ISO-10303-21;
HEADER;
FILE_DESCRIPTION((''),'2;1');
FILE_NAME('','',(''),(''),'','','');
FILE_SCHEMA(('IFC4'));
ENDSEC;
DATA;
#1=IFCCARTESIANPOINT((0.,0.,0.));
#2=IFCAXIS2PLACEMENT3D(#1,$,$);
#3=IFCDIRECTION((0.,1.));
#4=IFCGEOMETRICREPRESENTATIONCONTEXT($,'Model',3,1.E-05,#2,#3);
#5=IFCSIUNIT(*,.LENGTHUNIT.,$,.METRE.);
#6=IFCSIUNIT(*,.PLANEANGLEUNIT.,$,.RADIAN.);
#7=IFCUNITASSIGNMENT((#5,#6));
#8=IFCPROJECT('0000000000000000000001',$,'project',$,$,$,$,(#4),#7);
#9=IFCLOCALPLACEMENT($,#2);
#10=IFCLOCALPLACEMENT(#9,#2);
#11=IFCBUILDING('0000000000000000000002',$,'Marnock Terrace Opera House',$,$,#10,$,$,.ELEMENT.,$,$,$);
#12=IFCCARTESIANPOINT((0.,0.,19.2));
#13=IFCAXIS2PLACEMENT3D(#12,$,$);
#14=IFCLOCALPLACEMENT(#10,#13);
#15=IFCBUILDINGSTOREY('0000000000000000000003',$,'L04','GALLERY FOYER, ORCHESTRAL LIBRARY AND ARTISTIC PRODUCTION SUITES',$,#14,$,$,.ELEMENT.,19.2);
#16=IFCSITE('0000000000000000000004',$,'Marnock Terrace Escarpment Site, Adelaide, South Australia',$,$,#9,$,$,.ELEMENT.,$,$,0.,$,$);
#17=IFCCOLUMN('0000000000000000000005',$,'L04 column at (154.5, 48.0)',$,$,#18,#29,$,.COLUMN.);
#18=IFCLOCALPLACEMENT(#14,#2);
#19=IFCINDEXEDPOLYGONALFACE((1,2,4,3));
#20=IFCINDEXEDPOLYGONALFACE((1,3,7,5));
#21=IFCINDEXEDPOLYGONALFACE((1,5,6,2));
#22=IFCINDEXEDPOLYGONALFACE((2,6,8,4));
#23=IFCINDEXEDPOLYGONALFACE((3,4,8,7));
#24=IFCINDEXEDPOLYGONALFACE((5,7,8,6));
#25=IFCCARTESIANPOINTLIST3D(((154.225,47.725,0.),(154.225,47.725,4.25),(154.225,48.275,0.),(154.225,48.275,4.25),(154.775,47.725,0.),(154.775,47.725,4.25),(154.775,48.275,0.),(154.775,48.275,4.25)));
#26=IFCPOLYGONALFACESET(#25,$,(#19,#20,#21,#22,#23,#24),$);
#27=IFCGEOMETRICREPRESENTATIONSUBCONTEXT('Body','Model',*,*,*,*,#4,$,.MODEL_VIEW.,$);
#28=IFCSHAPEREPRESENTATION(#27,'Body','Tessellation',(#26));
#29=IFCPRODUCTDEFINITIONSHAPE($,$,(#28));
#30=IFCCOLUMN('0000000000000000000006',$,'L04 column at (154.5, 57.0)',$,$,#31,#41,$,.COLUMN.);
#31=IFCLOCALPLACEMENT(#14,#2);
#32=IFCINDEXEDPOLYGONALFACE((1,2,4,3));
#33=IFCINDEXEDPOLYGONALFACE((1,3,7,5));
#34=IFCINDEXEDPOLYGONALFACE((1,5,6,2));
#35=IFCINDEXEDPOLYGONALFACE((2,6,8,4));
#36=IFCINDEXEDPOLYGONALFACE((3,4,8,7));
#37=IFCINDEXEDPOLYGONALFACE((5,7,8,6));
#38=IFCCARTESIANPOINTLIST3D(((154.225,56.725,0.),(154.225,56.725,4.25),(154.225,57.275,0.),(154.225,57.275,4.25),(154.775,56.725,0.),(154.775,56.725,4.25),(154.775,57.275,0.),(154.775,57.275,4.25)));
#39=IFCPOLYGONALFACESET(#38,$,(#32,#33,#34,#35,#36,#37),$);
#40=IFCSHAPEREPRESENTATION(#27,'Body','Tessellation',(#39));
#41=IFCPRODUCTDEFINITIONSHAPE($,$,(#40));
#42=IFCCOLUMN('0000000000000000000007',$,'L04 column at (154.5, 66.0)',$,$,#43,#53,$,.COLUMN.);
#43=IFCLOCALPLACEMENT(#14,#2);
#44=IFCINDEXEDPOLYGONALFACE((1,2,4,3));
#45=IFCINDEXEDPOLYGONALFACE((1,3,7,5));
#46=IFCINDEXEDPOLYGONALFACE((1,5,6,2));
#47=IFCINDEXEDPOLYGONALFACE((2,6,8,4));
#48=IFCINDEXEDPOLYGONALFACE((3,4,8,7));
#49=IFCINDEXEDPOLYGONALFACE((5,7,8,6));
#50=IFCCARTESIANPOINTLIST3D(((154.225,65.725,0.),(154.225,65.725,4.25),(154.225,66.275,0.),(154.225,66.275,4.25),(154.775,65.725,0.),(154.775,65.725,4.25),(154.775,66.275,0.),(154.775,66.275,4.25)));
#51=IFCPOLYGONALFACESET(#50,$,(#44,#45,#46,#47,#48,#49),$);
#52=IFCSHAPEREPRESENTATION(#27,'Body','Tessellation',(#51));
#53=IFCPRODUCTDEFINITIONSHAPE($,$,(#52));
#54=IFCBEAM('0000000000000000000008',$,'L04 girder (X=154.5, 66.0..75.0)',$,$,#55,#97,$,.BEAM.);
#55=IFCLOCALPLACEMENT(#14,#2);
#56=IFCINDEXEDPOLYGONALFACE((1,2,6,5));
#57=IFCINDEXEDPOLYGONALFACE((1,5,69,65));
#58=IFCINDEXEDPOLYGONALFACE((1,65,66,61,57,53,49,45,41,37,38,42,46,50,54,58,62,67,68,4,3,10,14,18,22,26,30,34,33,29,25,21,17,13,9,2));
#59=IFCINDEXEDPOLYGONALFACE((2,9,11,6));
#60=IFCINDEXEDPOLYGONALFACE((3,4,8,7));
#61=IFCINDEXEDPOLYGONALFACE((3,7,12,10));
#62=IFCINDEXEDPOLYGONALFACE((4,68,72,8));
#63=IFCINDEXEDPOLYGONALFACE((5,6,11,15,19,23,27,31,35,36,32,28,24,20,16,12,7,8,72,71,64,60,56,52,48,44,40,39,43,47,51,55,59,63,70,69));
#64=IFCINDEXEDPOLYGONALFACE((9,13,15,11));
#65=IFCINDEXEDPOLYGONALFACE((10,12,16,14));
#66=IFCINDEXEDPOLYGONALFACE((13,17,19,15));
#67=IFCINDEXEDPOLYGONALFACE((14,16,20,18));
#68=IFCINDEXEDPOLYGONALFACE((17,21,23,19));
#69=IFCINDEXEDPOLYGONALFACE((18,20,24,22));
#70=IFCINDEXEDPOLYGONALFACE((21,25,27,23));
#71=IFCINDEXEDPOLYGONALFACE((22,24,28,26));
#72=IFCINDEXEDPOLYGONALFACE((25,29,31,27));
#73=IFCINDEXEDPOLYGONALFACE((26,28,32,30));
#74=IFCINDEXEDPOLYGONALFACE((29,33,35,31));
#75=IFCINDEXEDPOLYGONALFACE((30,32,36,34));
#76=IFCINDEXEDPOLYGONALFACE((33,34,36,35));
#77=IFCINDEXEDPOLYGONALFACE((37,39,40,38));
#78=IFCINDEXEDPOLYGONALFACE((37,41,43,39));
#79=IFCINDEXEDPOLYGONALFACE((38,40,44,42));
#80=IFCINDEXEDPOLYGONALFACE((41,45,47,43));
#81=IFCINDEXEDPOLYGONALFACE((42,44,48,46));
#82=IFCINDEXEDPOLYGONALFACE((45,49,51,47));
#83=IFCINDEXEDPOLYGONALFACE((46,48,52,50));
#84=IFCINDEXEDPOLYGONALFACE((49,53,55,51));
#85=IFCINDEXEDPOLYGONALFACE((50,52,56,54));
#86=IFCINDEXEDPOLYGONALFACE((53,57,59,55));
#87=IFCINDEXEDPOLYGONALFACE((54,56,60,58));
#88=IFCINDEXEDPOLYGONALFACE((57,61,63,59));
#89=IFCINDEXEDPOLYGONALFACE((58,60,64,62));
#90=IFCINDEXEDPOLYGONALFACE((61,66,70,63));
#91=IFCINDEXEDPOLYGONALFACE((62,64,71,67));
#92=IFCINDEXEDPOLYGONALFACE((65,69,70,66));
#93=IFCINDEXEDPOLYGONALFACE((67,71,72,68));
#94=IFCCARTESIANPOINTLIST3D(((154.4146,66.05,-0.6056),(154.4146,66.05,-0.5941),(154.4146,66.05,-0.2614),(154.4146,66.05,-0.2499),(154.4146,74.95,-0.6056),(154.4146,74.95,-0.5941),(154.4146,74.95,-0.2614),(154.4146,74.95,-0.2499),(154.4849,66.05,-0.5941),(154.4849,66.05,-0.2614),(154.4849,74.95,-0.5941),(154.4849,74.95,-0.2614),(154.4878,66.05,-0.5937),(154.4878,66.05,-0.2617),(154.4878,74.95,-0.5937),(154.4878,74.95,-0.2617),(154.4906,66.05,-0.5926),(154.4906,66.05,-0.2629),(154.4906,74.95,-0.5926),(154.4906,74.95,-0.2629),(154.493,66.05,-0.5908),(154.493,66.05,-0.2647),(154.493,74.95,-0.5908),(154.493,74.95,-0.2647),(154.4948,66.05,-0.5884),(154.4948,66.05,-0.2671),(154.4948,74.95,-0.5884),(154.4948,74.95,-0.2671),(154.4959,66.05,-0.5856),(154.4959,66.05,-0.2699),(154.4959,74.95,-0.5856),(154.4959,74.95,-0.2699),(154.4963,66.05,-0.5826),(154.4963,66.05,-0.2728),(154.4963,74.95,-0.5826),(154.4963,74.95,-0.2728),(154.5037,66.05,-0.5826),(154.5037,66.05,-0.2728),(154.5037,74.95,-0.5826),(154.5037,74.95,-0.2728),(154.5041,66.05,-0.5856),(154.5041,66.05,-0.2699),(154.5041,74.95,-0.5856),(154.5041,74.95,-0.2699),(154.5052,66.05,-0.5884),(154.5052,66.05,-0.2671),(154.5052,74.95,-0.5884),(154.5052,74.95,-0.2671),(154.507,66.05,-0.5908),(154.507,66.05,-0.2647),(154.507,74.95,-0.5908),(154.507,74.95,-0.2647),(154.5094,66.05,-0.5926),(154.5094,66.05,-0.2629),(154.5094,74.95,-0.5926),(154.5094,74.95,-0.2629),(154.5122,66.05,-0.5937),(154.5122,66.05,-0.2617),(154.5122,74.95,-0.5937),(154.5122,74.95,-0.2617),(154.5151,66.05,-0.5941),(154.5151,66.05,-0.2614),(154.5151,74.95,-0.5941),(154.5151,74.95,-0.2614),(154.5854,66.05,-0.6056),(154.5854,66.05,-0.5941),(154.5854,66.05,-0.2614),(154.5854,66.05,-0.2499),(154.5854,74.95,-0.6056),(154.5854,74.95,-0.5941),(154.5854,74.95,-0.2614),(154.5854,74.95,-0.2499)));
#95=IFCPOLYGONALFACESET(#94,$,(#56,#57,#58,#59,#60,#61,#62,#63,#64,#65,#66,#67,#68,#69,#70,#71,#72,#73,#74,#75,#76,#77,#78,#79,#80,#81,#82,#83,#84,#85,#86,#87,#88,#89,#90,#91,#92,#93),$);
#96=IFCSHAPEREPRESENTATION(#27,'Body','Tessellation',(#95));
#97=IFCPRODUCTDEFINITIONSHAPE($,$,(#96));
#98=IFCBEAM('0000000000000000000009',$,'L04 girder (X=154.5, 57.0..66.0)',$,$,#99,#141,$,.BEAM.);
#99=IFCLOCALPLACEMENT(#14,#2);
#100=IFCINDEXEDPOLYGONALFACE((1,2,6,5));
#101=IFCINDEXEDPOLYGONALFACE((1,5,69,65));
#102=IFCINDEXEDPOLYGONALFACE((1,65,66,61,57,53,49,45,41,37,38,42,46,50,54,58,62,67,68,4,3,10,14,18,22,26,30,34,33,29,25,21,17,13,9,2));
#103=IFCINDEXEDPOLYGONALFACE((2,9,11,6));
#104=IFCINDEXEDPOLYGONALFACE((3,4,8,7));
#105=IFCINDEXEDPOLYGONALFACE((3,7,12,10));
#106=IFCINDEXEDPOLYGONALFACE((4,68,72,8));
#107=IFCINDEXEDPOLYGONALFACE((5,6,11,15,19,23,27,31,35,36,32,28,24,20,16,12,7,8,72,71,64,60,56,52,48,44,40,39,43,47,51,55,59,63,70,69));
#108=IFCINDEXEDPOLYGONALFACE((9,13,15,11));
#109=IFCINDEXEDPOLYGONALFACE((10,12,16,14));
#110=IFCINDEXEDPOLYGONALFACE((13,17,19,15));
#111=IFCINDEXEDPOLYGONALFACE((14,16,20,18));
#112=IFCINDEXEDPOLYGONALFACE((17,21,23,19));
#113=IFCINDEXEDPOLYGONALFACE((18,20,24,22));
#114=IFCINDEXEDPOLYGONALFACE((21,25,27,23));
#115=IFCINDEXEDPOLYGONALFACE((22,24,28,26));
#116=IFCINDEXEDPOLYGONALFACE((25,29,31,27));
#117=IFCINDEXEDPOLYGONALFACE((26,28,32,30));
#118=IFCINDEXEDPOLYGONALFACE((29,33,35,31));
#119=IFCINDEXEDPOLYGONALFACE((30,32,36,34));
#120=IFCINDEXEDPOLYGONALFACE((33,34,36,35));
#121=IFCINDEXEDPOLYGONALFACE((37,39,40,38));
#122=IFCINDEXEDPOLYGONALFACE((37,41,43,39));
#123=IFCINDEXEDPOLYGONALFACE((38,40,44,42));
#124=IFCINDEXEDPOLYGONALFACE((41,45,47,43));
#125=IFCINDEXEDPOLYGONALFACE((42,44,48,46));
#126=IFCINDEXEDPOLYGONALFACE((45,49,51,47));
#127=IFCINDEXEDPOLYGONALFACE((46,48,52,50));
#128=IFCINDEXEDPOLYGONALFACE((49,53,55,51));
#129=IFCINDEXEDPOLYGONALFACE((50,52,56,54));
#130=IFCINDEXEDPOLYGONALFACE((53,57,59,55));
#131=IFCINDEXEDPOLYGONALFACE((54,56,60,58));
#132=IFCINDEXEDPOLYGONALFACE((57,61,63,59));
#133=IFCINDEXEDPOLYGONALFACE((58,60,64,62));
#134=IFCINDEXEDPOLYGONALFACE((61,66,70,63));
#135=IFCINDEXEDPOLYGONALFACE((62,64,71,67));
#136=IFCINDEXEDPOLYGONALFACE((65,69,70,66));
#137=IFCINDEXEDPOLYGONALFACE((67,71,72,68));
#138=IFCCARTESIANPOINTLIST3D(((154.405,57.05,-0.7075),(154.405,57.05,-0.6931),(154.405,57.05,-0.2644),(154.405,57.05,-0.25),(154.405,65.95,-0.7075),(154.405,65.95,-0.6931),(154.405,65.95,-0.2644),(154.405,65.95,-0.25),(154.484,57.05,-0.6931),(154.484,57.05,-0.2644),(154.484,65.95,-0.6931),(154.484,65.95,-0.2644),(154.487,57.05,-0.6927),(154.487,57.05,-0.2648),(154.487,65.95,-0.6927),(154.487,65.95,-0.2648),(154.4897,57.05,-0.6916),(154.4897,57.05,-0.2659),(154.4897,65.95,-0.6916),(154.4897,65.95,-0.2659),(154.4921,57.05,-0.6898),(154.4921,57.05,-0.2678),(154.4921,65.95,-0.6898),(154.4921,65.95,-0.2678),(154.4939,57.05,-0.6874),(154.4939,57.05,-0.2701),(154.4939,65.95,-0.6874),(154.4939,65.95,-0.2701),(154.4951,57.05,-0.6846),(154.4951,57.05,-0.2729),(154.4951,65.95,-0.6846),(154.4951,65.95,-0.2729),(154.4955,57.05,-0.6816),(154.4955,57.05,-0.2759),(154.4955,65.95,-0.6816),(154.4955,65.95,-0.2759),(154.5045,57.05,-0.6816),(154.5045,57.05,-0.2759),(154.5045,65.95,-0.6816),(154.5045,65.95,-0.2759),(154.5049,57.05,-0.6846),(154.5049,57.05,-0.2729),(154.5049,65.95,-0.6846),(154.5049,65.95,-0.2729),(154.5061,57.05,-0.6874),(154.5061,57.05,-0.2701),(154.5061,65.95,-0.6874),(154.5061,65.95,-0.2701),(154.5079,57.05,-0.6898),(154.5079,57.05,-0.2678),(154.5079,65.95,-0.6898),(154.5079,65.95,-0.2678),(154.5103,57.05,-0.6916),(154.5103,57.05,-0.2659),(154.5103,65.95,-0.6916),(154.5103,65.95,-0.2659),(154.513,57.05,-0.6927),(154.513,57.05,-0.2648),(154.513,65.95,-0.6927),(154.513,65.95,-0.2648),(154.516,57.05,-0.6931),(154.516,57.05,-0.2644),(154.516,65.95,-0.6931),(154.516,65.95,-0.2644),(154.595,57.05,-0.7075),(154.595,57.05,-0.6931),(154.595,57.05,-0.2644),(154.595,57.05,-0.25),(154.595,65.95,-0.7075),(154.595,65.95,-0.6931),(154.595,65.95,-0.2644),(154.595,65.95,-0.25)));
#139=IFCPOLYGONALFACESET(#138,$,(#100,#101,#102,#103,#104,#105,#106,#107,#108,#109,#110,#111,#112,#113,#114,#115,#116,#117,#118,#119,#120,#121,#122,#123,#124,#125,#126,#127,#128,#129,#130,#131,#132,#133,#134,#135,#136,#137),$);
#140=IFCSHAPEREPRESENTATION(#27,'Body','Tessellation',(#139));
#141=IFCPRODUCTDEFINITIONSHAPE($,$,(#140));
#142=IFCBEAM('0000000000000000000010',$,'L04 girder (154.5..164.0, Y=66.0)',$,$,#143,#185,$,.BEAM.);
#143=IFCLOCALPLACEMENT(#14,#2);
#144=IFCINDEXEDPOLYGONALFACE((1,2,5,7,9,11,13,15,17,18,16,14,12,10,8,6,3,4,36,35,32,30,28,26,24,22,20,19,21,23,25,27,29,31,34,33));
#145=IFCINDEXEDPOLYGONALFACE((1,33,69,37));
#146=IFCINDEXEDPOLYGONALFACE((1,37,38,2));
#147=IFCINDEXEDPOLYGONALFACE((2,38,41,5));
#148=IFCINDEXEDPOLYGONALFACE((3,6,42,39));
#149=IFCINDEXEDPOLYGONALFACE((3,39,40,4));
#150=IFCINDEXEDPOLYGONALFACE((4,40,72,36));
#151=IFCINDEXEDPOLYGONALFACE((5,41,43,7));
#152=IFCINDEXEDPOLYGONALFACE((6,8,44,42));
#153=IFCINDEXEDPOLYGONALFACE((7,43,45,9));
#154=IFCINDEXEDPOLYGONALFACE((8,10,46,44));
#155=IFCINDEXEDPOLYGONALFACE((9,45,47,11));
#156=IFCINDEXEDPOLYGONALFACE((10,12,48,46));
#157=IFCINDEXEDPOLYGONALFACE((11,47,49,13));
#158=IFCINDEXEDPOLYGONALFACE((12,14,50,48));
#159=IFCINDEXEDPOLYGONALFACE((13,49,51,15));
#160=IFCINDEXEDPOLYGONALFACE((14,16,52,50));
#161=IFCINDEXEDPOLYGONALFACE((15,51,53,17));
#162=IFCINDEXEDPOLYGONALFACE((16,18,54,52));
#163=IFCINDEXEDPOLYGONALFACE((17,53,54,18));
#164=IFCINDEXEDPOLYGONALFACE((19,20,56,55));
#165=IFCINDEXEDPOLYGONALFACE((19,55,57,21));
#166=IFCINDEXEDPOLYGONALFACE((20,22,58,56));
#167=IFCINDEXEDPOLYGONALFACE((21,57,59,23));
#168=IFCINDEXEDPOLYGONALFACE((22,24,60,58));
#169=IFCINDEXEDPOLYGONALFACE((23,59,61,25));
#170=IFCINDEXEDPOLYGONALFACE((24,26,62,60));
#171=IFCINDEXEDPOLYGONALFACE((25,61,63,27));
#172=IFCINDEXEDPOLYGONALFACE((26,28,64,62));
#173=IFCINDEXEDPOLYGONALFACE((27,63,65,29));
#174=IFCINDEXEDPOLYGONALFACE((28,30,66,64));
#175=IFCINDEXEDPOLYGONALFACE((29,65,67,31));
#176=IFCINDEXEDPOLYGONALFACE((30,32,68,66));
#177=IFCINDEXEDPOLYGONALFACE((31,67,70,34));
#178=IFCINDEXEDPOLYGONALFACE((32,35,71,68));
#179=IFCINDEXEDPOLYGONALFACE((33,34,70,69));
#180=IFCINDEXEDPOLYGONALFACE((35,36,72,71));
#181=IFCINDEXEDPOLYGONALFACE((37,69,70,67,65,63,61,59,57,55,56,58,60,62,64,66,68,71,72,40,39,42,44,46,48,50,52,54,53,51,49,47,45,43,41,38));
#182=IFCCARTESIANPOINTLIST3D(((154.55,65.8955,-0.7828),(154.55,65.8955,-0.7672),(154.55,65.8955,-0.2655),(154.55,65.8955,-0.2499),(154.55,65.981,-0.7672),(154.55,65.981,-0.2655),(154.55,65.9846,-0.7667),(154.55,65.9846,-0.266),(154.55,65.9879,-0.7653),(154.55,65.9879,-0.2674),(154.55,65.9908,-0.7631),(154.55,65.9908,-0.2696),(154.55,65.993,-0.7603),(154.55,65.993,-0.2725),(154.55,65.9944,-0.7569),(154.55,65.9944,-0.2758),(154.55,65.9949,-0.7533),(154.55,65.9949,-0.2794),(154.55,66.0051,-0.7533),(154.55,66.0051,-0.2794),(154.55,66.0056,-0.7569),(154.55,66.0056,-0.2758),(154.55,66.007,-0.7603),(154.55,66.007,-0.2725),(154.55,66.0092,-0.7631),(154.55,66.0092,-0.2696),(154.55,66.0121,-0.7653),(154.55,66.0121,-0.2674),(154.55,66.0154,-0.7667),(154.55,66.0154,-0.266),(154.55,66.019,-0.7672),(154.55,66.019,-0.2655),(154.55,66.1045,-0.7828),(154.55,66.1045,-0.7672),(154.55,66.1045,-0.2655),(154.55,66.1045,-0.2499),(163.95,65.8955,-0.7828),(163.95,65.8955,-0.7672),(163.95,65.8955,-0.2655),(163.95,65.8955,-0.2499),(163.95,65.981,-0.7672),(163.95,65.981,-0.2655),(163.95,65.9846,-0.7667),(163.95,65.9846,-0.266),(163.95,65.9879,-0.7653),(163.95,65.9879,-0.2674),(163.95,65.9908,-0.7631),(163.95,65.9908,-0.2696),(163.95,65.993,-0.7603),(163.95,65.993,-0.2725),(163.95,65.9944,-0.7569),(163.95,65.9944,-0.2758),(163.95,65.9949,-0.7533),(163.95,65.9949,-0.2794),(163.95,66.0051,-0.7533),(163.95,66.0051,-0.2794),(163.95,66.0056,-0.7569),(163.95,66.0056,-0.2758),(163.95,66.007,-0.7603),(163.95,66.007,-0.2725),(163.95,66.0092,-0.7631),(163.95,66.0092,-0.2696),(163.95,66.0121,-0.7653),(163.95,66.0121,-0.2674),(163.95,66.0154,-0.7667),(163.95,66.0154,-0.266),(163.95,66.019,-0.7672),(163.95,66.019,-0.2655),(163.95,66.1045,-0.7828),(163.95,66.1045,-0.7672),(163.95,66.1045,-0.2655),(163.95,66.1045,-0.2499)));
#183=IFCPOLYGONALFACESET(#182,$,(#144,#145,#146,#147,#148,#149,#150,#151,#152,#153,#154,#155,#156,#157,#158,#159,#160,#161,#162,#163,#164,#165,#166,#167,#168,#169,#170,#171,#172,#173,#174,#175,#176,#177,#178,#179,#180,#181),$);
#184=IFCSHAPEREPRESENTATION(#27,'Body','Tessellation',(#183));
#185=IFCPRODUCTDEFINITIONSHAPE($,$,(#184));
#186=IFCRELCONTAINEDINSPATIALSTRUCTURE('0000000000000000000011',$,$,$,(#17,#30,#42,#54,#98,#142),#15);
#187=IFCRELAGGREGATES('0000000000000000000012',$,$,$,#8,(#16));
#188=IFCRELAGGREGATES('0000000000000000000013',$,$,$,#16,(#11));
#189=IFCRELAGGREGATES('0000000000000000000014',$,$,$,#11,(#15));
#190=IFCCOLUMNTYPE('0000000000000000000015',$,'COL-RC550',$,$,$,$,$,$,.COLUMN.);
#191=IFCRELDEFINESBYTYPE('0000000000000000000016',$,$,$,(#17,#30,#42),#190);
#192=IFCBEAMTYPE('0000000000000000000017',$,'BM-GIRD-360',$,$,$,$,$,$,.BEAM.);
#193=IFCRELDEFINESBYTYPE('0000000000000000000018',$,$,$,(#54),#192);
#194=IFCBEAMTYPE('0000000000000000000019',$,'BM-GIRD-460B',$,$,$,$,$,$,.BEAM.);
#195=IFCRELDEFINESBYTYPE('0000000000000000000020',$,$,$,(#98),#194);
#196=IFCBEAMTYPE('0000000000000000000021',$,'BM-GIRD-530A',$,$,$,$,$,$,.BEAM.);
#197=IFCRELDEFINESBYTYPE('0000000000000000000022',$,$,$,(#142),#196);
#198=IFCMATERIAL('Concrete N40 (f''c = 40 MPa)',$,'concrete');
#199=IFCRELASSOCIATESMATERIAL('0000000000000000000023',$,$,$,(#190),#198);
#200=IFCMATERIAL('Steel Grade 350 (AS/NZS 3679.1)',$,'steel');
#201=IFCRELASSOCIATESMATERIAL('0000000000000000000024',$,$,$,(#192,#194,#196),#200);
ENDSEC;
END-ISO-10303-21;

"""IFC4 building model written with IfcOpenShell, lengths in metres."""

from ifc_helpers import new_model, si_unit, direction, frame, origin, origin_2d, place, context, subcontext, project, spatial, rectangle, i_section, extrude, material, material_profile, profile_set, type_object, element, save


model = new_model("IFC4")

# Units and contexts
model_context = context("Model", 3, precision=1e-05, world=origin(), true_north=direction((0.0, 1.0)))
body_context = subcontext(model_context, "Body", "Model", "MODEL_VIEW")
ifc_project = project(units=[si_unit("LENGTHUNIT", "METRE"), si_unit("PLANEANGLEUNIT", "RADIAN")], contexts=[model_context])

# Site, building, storey
site_placement = place(None, origin())
site = spatial("IfcSite", under=ifc_project, at=site_placement, Name="Marnock Terrace Escarpment Site, Adelaide, South Australia", CompositionType="ELEMENT", RefElevation=0.0)
building_placement = place(site_placement, origin())
building = spatial("IfcBuilding", under=site, at=building_placement, Name="Marnock Terrace Opera House", CompositionType="ELEMENT")
storey_placement = place(building_placement, frame((0.0, 0.0, 19.2)))
storey = spatial("IfcBuildingStorey", under=building, at=storey_placement, Name="L04", Description="GALLERY FOYER, ORCHESTRAL LIBRARY AND ARTISTIC PRODUCTION SUITES", CompositionType="ELEMENT", Elevation=19.2)

# Columns
ifc_material_1 = material(Name="Concrete N40 (f'c = 40 MPa)", Category="concrete")
ifc_material_profile_1 = material_profile(ifc_material_1, rectangle(XDim=0.55, YDim=0.55, at=origin_2d()))
ifc_profile_set_1 = profile_set([ifc_material_profile_1], Name="Concrete N40 (f'c = 40 MPa)")
column_type = type_object("IfcColumnType", Name="COL-RC550", PredefinedType="COLUMN", material=ifc_profile_set_1)
for number, where, z_axis, x_axis, name in (
    (1, (154.5, 48.0, 0.0), (0.0, 0.0, 1.0), (1.0, 0.0, 0.0), "L04 column at (154.5, 48.0)"),
    (2, (154.5, 57.0, 0.0), (0.0, 0.0, 1.0), (1.0, 0.0, 0.0), "L04 column at (154.5, 57.0)"),
    (3, (154.5, 66.0, 0.0), (0.0, 0.0, 1.0), (1.0, 0.0, 0.0), "L04 column at (154.5, 66.0)"),
):
    element("IfcColumn", number, at=place(storey_placement, frame(where, z_axis=z_axis, x_axis=x_axis)), inside=storey, type_object=column_type, Name=name, PredefinedType="COLUMN", context=body_context, shape_type="SweptSolid", body=[
        extrude(rectangle(XDim=0.55, YDim=0.55, at=origin_2d()), origin(), (0.0, 0.0, 1.0), 4.25),
    ])

# Beams
ifc_material_2 = material(Name="Steel Grade 350 (AS/NZS 3679.1)", Category="steel")
ifc_material_profile_2 = material_profile(ifc_material_2, i_section(OverallWidth=0.1709, OverallDepth=0.3557, WebThickness=0.0073, FlangeThickness=0.0115, FilletRadius=0.0115, at=origin_2d()))
ifc_profile_set_2 = profile_set([ifc_material_profile_2], Name="Steel Grade 350 (AS/NZS 3679.1)")
beam_type_1 = type_object("IfcBeamType", Name="BM-GIRD-360", PredefinedType="BEAM", material=ifc_profile_set_2)
beam_1_placement = place(storey_placement, frame((154.5, 66.05, -0.4277), z_axis=(0.0, 1.0, 0.0), x_axis=(-1.0, 0.0, 0.0)))
element("IfcBeam", 4, at=beam_1_placement, inside=storey, type_object=beam_type_1, Name="L04 girder (X=154.5, 66.0..75.0)", PredefinedType="BEAM", context=body_context, shape_type="SweptSolid", body=[
    extrude(i_section(OverallWidth=0.1709, OverallDepth=0.3557, WebThickness=0.0073, FlangeThickness=0.0115, FilletRadius=0.0115, at=origin_2d()), origin(), (0.0, 0.0, 1.0), 8.8999),
])
ifc_material_profile_3 = material_profile(ifc_material_2, i_section(OverallWidth=0.1899, OverallDepth=0.4575, WebThickness=0.009, FlangeThickness=0.0144, FilletRadius=0.0115, at=origin_2d()))
ifc_profile_set_3 = profile_set([ifc_material_profile_3], Name="Steel Grade 350 (AS/NZS 3679.1)")
beam_type_2 = type_object("IfcBeamType", Name="BM-GIRD-460B", PredefinedType="BEAM", material=ifc_profile_set_3)
beam_2_placement = place(storey_placement, frame((154.5, 57.05, -0.4788), z_axis=(0.0, 1.0, 0.0), x_axis=(-1.0, 0.0, 0.0)))
element("IfcBeam", 5, at=beam_2_placement, inside=storey, type_object=beam_type_2, Name="L04 girder (X=154.5, 57.0..66.0)", PredefinedType="BEAM", context=body_context, shape_type="SweptSolid", body=[
    extrude(i_section(OverallWidth=0.1899, OverallDepth=0.4575, WebThickness=0.009, FlangeThickness=0.0144, FilletRadius=0.0115, at=origin_2d()), origin(), (0.0, 0.0, 1.0), 8.8999),
])
ifc_material_profile_4 = material_profile(ifc_material_2, i_section(OverallWidth=0.209, OverallDepth=0.533, WebThickness=0.0103, FlangeThickness=0.0156, FilletRadius=0.0139, at=origin_2d()))
ifc_profile_set_4 = profile_set([ifc_material_profile_4], Name="Steel Grade 350 (AS/NZS 3679.1)")
beam_type_3 = type_object("IfcBeamType", Name="BM-GIRD-530A", PredefinedType="BEAM", material=ifc_profile_set_4)
beam_3_placement = place(storey_placement, frame((154.55, 66.0, -0.5164), z_axis=(1.0, 0.0, 0.0), x_axis=(0.0, 1.0, 0.0)))
element("IfcBeam", 6, at=beam_3_placement, inside=storey, type_object=beam_type_3, Name="L04 girder (154.5..164.0, Y=66.0)", PredefinedType="BEAM", context=body_context, shape_type="SweptSolid", body=[
    extrude(i_section(OverallWidth=0.209, OverallDepth=0.533, WebThickness=0.0103, FlangeThickness=0.0156, FilletRadius=0.0139, at=origin_2d()), origin(), (0.0, 0.0, 1.0), 9.3999),
])

save(model, "model.ifc")
